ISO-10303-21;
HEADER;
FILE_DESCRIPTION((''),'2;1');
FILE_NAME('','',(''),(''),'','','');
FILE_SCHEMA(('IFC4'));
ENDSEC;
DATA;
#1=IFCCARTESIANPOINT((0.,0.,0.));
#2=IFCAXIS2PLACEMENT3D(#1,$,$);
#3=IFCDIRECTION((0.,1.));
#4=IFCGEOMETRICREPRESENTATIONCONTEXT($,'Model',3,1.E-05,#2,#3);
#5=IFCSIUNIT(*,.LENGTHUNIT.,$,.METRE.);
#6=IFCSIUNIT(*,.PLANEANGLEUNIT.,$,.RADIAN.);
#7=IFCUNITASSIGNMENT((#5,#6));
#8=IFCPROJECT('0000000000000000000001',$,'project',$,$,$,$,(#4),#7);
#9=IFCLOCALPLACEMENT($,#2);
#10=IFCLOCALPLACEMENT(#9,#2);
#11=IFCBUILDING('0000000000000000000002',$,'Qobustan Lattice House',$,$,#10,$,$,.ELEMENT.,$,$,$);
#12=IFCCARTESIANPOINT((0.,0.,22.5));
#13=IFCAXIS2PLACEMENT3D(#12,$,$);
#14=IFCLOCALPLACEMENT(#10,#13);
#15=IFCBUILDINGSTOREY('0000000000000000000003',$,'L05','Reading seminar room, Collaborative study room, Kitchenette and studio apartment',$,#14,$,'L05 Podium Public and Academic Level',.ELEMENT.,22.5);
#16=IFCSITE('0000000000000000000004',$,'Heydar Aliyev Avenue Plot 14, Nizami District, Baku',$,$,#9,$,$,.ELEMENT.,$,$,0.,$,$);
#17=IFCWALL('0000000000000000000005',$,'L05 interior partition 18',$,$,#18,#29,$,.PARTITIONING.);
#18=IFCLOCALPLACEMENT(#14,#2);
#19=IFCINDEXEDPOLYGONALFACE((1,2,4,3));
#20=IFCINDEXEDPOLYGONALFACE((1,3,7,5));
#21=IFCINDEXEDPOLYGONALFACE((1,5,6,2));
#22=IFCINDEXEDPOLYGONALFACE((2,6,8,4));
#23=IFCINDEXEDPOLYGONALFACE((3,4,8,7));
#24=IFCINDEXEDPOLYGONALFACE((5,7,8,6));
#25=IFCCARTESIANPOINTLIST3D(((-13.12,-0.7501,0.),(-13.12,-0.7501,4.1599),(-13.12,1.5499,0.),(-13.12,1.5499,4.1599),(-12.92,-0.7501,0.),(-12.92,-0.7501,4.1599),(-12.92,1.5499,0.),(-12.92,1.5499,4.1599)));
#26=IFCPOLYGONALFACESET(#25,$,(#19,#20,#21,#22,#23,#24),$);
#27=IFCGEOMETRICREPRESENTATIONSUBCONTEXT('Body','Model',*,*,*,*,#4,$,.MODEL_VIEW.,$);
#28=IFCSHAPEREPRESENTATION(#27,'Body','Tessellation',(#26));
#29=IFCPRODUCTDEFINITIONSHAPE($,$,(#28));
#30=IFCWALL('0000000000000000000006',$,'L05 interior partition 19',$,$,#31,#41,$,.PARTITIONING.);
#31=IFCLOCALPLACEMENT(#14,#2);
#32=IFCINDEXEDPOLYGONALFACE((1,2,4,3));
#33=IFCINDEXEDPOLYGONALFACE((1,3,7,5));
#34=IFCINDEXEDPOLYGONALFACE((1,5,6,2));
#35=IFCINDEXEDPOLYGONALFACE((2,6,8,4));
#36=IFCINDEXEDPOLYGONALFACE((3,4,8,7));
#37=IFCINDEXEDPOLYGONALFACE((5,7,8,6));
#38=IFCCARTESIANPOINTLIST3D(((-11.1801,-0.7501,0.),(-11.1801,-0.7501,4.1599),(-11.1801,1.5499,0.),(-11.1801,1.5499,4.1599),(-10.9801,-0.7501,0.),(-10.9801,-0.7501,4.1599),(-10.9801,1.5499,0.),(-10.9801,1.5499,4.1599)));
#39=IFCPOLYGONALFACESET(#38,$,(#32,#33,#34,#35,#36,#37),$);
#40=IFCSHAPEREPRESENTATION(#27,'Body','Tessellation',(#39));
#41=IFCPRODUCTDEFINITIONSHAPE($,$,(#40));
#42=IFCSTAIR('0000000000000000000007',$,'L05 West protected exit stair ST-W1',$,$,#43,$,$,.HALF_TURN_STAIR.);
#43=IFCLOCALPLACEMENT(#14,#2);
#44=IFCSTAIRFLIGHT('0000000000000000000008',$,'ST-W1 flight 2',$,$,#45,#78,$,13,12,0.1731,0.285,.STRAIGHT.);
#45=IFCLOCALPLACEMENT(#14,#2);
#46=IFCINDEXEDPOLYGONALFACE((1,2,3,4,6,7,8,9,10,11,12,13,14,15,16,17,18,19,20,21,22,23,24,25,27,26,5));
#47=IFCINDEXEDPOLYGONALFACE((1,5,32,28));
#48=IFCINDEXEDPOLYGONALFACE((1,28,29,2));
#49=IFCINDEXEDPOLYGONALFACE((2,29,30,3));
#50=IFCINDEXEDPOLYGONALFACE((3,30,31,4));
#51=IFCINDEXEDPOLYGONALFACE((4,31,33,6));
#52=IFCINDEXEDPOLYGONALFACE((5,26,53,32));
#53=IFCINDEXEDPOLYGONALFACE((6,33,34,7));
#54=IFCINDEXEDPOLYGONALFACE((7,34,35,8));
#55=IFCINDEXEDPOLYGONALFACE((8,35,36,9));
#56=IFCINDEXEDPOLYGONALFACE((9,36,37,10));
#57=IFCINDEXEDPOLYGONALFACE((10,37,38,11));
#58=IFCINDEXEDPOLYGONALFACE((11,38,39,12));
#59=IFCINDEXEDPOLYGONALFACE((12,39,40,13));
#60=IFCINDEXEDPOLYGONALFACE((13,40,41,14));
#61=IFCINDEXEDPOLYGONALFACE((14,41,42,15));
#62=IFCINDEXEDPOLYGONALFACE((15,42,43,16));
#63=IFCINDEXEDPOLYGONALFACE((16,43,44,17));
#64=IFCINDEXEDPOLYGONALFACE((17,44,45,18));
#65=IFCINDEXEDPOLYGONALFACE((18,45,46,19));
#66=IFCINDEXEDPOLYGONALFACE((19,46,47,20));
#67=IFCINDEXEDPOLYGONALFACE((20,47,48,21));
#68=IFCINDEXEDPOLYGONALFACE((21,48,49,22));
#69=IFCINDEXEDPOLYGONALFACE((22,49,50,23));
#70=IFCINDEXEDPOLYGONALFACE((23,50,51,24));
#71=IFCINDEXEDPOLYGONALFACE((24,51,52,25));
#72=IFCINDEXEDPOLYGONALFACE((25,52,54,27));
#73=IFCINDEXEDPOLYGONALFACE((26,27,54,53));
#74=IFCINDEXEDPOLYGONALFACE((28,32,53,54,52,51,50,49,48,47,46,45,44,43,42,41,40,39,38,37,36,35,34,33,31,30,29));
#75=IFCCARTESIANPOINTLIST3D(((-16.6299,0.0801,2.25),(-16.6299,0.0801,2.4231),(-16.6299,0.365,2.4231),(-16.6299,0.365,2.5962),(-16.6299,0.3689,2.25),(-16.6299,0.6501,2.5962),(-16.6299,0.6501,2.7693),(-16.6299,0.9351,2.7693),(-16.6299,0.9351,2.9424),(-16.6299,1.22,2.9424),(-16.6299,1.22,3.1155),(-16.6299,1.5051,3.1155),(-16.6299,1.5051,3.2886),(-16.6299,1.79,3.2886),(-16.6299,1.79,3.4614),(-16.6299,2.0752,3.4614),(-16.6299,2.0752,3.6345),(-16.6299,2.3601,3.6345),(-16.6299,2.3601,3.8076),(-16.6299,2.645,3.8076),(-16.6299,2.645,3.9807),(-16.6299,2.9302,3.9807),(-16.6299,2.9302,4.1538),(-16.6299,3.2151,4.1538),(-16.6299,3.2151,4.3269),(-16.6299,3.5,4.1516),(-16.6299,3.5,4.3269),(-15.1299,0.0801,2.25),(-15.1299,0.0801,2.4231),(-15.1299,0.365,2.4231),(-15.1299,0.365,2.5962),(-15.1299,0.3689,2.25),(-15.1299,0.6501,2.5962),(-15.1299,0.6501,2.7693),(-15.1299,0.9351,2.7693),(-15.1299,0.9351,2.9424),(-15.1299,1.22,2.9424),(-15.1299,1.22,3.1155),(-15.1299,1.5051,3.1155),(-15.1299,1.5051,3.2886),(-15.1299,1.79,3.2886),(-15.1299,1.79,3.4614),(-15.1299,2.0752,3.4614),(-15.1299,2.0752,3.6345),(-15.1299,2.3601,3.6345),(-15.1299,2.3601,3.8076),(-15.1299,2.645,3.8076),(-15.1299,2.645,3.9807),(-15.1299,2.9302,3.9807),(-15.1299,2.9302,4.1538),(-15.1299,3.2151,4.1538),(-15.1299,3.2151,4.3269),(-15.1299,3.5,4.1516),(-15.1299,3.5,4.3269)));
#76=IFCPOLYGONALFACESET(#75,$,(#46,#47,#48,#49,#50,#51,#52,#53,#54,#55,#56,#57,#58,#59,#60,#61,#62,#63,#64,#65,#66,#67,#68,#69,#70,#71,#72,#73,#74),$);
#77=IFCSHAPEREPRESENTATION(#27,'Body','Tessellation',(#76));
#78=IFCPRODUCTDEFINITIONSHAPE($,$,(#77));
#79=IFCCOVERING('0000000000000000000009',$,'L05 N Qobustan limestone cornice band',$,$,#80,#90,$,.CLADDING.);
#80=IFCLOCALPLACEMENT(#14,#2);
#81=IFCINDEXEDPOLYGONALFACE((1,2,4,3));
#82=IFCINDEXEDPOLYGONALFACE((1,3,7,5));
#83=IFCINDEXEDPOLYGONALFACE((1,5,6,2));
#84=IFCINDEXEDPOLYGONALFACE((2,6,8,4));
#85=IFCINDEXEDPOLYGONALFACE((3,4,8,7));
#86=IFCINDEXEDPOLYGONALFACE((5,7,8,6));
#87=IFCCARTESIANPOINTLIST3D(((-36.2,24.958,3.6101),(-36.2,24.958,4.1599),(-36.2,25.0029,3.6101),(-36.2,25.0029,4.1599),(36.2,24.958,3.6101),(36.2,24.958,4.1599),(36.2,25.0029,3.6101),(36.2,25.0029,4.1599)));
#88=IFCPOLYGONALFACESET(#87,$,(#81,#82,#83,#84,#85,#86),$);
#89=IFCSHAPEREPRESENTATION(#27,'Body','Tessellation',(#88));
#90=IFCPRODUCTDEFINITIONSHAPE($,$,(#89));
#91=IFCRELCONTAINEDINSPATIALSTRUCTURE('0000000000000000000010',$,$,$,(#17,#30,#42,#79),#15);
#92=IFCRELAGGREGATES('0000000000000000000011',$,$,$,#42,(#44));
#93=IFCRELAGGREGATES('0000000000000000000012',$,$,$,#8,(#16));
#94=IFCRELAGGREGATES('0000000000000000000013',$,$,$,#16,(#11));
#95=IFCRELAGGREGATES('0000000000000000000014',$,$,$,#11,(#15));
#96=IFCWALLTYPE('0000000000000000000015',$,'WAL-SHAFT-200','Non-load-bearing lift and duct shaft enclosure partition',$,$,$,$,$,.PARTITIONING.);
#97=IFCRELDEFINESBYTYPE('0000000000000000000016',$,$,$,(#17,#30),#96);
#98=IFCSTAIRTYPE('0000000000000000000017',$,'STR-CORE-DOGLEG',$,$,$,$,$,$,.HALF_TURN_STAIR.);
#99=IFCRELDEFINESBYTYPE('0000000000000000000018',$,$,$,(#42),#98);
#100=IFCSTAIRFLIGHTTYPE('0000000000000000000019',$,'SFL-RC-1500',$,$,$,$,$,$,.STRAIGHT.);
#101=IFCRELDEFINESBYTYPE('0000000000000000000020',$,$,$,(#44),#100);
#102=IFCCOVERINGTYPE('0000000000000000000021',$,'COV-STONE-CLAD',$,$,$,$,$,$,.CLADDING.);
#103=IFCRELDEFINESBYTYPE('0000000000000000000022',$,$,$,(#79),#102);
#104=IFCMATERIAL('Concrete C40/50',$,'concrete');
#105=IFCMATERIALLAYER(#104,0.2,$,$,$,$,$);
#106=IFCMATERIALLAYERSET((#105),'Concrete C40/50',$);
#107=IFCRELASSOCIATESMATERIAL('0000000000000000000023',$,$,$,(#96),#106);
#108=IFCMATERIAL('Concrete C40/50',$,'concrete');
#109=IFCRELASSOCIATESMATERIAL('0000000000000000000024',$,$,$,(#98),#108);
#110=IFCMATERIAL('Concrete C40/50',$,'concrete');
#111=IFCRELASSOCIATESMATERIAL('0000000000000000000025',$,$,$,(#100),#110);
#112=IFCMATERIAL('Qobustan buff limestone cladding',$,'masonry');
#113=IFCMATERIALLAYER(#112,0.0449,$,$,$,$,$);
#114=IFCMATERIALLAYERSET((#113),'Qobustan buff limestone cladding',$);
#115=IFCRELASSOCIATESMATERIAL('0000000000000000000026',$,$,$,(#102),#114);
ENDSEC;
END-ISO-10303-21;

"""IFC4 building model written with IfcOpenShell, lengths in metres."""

from ifc_helpers import new_model, si_unit, direction, frame, frame_2d, origin, place, context, subcontext, project, spatial, polyline, rectangle, outline, extrude, material, layer, layer_set, type_object, element, aggregate, save


model = new_model("IFC4")

# Units and contexts
model_context = context("Model", 3, precision=1e-05, world=origin(), true_north=direction((0.0, 1.0)))
body_context = subcontext(model_context, "Body", "Model", "MODEL_VIEW")
ifc_project = project(units=[si_unit("LENGTHUNIT", "METRE"), si_unit("PLANEANGLEUNIT", "RADIAN")], contexts=[model_context])

# Site, building, storey
site_placement = place(None, origin())
site = spatial("IfcSite", under=ifc_project, at=site_placement, Name="Heydar Aliyev Avenue Plot 14, Nizami District, Baku", CompositionType="ELEMENT", RefElevation=0.0)
building_placement = place(site_placement, origin())
building = spatial("IfcBuilding", under=site, at=building_placement, Name="Qobustan Lattice House", CompositionType="ELEMENT")
storey_placement = place(building_placement, frame((0.0, 0.0, 22.5)))
storey = spatial("IfcBuildingStorey", under=building, at=storey_placement, Name="L05", Description="Reading seminar room, Collaborative study room, Kitchenette and studio apartment", LongName="L05 Podium Public and Academic Level", CompositionType="ELEMENT", Elevation=22.5)

# Shared definitions
ifc_material_1 = material(Name="Concrete C40/50", Category="concrete")
ifc_layer_1 = layer(ifc_material_1, 0.2)
ifc_layer_set_1 = layer_set([ifc_layer_1], Name="Concrete C40/50")
wall_type_1 = type_object("IfcWallType", Name="WAL-SHAFT-200", Description="Non-load-bearing lift and duct shaft enclosure partition", PredefinedType="PARTITIONING", material=ifc_layer_set_1)

# Walls
for number, where, z_axis, x_axis, name in (
    (1, (-13.02, -0.75, 0.0), (0.0, 0.0, 1.0), (0.0, 1.0, 0.0), "L05 interior partition 18"),
    (2, (-11.0801, -0.75, 0.0), (0.0, 0.0, 1.0), (0.0, 1.0, 0.0), "L05 interior partition 19"),
):
    element("IfcWall", number, at=place(storey_placement, frame(where, z_axis=z_axis, x_axis=x_axis)), inside=storey, type_object=wall_type_1, Name=name, PredefinedType="PARTITIONING", context=body_context, shape_type="SweptSolid", body=[
        extrude(rectangle(XDim=2.3, YDim=0.2, at=frame_2d((1.1499, 0.0))), origin(), (0.0, 0.0, 1.0), 4.1599),
    ])

# Stair, stair flight
ifc_material_2 = material(Name="Concrete C40/50", Category="concrete")
stair_type = type_object("IfcStairType", Name="STR-CORE-DOGLEG", PredefinedType="HALF_TURN_STAIR", material=ifc_material_2)
stair_placement = place(storey_placement, origin())
stair = element("IfcStair", 3, at=stair_placement, inside=storey, type_object=stair_type, Name="L05 West protected exit stair ST-W1", PredefinedType="HALF_TURN_STAIR")
ifc_material_3 = material(Name="Concrete C40/50", Category="concrete")
stair_flight_type = type_object("IfcStairFlightType", Name="SFL-RC-1500", PredefinedType="STRAIGHT", material=ifc_material_3)
stair_flight_placement = place(storey_placement, frame((-15.8799, 0.0801, 2.25), z_axis=(0.0, 0.0, 1.0), x_axis=(0.0, 1.0, 0.0)))
stair_flight = element("IfcStairFlight", 4, at=stair_flight_placement, type_object=stair_flight_type, Name="ST-W1 flight 2", NumberOfRisers=13, NumberOfTreads=12, PredefinedType="STRAIGHT", RiserHeight=0.1731, TreadLength=0.285, context=body_context, shape_type="SweptSolid", body=[
    extrude(outline(polyline([(0.0, 0.0), (0.0, 0.1731), (0.2849, 0.1731), (0.2849, 0.3462), (0.5701, 0.3462), (0.5701, 0.5193), (0.855, 0.5193), (0.855, 0.6924), (1.1399, 0.6924), (1.1399, 0.8655), (1.425, 0.8655), (1.425, 1.0386), (1.71, 1.0386), (1.71, 1.2114), (1.9951, 1.2114), (1.9951, 1.3845), (2.28, 1.3845), (2.28, 1.5576), (2.5649, 1.5576), (2.5649, 1.7307), (2.8501, 1.7307), (2.8501, 1.9038), (3.135, 1.9038), (3.135, 2.0769), (3.4199, 2.0769), (3.4199, 2.25), (3.4199, 1.9016), (0.2888, 0.0), (0.0, 0.0)])), frame((0.0, 0.75, 0.0), z_axis=(0.0, -1.0, 0.0), x_axis=(1.0, 0.0, 0.0)), (0.0, 0.0, 1.0), 1.5),
])
aggregate(stair, [stair_flight])

# Covering
ifc_material_4 = material(Name="Qobustan buff limestone cladding", Category="masonry")
ifc_layer_2 = layer(ifc_material_4, 0.0449)
ifc_layer_set_2 = layer_set([ifc_layer_2], Name="Qobustan buff limestone cladding")
covering_type = type_object("IfcCoveringType", Name="COV-STONE-CLAD", PredefinedType="CLADDING", material=ifc_layer_set_2)
covering_placement = place(storey_placement, frame((0.0, 0.0, 3.6101)))
element("IfcCovering", 5, at=covering_placement, inside=storey, type_object=covering_type, Name="L05 N Qobustan limestone cornice band", PredefinedType="CLADDING", context=body_context, shape_type="SweptSolid", body=[
    extrude(outline(polyline([(-36.2, 24.958), (-36.2, 25.0029), (36.2, 25.0029), (36.2, 24.958), (-36.2, 24.958)])), origin(), (0.0, 0.0, 1.0), 0.5498),
])

save(model, "model.ifc")
